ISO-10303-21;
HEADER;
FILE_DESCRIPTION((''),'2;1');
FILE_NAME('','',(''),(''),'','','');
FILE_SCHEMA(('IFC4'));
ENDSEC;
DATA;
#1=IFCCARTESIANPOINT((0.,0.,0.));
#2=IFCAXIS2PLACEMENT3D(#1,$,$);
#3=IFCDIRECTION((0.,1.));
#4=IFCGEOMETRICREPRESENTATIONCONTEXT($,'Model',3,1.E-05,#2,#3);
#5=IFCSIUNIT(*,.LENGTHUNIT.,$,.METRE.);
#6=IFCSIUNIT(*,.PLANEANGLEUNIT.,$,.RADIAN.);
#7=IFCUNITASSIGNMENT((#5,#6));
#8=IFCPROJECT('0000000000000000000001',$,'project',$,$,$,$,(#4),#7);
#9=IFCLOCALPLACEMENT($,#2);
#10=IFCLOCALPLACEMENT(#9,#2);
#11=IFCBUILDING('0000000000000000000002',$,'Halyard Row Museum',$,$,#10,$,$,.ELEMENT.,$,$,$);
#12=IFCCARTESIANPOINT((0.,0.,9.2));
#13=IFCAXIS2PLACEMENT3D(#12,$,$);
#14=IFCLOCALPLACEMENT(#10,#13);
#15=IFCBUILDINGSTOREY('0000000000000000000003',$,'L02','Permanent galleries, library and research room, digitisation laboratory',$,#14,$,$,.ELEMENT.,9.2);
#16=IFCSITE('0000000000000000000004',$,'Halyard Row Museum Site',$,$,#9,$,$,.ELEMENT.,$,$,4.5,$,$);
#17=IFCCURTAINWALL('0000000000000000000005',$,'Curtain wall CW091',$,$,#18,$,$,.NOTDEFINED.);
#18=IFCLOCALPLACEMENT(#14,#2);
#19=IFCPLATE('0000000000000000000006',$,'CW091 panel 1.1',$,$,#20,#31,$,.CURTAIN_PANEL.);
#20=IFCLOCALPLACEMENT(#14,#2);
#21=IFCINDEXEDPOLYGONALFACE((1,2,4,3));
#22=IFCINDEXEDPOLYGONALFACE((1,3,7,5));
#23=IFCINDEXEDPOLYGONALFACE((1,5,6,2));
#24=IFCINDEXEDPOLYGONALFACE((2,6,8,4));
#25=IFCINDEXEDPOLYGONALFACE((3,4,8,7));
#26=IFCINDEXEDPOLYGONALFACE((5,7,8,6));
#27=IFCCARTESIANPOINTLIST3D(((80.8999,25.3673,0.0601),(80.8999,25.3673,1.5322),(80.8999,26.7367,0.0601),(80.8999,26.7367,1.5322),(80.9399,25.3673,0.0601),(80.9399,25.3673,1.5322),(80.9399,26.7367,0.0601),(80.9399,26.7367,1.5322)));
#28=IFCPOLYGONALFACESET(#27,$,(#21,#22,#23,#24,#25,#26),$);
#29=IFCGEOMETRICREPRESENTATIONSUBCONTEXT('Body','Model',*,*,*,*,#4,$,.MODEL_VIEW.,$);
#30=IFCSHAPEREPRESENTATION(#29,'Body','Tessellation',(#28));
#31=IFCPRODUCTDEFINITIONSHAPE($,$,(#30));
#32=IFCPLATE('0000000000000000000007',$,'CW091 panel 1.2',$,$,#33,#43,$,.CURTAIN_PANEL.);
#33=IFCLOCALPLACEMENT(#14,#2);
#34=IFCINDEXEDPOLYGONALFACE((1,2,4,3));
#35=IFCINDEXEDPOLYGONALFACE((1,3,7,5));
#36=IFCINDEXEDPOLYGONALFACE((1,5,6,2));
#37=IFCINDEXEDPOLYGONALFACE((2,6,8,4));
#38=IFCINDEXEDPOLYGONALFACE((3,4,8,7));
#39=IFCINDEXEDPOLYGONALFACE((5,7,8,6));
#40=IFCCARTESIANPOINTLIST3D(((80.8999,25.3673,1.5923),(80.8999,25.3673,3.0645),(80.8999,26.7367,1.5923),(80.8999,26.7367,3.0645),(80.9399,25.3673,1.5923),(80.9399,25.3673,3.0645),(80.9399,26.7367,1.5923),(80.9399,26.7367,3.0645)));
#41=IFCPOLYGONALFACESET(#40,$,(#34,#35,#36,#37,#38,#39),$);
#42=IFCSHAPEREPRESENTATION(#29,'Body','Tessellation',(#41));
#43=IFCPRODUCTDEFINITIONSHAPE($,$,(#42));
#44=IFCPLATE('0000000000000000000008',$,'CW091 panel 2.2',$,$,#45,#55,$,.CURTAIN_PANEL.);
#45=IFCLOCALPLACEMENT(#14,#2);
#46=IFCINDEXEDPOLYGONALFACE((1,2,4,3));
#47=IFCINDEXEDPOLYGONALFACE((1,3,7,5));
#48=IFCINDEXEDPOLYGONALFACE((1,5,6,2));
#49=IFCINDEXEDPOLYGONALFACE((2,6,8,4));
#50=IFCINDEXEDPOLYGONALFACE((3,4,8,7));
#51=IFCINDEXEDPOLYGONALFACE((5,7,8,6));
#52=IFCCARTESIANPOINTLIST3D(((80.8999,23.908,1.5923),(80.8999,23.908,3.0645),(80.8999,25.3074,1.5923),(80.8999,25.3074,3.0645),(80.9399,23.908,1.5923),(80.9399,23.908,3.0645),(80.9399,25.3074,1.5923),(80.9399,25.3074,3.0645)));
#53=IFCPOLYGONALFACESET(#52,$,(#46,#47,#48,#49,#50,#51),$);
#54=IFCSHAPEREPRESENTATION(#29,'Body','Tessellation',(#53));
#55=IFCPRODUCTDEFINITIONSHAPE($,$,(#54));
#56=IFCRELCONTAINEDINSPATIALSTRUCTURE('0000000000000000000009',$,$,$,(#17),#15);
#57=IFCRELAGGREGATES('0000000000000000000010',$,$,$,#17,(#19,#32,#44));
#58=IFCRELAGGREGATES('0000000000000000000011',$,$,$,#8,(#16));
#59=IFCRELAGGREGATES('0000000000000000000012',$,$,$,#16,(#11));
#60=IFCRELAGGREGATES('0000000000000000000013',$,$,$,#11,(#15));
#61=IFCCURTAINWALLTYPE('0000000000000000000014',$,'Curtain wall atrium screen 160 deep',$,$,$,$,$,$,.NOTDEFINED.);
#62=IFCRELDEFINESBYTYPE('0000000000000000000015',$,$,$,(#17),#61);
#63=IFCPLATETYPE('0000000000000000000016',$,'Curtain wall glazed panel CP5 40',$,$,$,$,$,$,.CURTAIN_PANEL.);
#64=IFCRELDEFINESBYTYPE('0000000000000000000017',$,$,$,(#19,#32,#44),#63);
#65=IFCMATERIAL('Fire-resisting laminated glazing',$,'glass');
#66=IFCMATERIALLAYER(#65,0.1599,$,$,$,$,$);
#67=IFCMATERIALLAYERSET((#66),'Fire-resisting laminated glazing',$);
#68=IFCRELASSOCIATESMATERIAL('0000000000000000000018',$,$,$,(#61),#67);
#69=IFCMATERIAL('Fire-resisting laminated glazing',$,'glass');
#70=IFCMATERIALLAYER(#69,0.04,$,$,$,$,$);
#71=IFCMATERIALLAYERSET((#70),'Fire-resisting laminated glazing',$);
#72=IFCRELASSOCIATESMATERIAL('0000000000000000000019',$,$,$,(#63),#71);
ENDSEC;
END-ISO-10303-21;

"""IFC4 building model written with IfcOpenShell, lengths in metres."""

from ifc_helpers import new_model, si_unit, direction, frame, origin, origin_2d, place, context, subcontext, project, spatial, rectangle, extrude, material, layer, layer_set, type_object, element, aggregate, save


model = new_model("IFC4")

# Units and contexts
model_context = context("Model", 3, precision=1e-05, world=origin(), true_north=direction((0.0, 1.0)))
body_context = subcontext(model_context, "Body", "Model", "MODEL_VIEW")
ifc_project = project(units=[si_unit("LENGTHUNIT", "METRE"), si_unit("PLANEANGLEUNIT", "RADIAN")], contexts=[model_context])

# Site, building, storey
site_placement = place(None, origin())
site = spatial("IfcSite", under=ifc_project, at=site_placement, Name="Halyard Row Museum Site", CompositionType="ELEMENT", RefElevation=4.5)
building_placement = place(site_placement, origin())
building = spatial("IfcBuilding", under=site, at=building_placement, Name="Halyard Row Museum", CompositionType="ELEMENT")
storey_placement = place(building_placement, frame((0.0, 0.0, 9.2)))
storey = spatial("IfcBuildingStorey", under=building, at=storey_placement, Name="L02", Description="Permanent galleries, library and research room, digitisation laboratory", CompositionType="ELEMENT", Elevation=9.2)

# Curtain wall
ifc_material_1 = material(Name="Fire-resisting laminated glazing", Category="glass")
ifc_layer_1 = layer(ifc_material_1, 0.1599)
ifc_layer_set_1 = layer_set([ifc_layer_1], Name="Fire-resisting laminated glazing")
curtain_wall_type = type_object("IfcCurtainWallType", Name="Curtain wall atrium screen 160 deep", PredefinedType="NOTDEFINED", material=ifc_layer_set_1)
curtain_wall_1_placement = place(storey_placement, origin())
curtain_wall_1 = element("IfcCurtainWall", 1, at=curtain_wall_1_placement, inside=storey, type_object=curtain_wall_type, Name="Curtain wall CW091", PredefinedType="NOTDEFINED")

# Plates
ifc_material_2 = material(Name="Fire-resisting laminated glazing", Category="glass")
ifc_layer_2 = layer(ifc_material_2, 0.04)
ifc_layer_set_2 = layer_set([ifc_layer_2], Name="Fire-resisting laminated glazing")
plate_type = type_object("IfcPlateType", Name="Curtain wall glazed panel CP5 40", PredefinedType="CURTAIN_PANEL", material=ifc_layer_set_2)
plate_1_placement = place(storey_placement, frame((80.9199, 26.052, 0.0601), z_axis=(0.0, 0.0, 1.0), x_axis=(0.0, -1.0, 0.0)))
plate_1 = element("IfcPlate", 2, at=plate_1_placement, type_object=plate_type, Name="CW091 panel 1.1", PredefinedType="CURTAIN_PANEL", context=body_context, shape_type="SweptSolid", body=[
    extrude(rectangle(XDim=1.3694, YDim=0.04, at=origin_2d()), origin(), (0.0, 0.0, 1.0), 1.4722),
])
plate_2_placement = place(storey_placement, frame((80.9199, 26.052, 1.5923), z_axis=(0.0, 0.0, 1.0), x_axis=(0.0, -1.0, 0.0)))
plate_2 = element("IfcPlate", 3, at=plate_2_placement, type_object=plate_type, Name="CW091 panel 1.2", PredefinedType="CURTAIN_PANEL", context=body_context, shape_type="SweptSolid", body=[
    extrude(rectangle(XDim=1.3694, YDim=0.04, at=origin_2d()), origin(), (0.0, 0.0, 1.0), 1.4722),
])
plate_3_placement = place(storey_placement, frame((80.9199, 24.6077, 1.5923), z_axis=(0.0, 0.0, 1.0), x_axis=(0.0, -1.0, 0.0)))
plate_3 = element("IfcPlate", 4, at=plate_3_placement, type_object=plate_type, Name="CW091 panel 2.2", PredefinedType="CURTAIN_PANEL", context=body_context, shape_type="SweptSolid", body=[
    extrude(rectangle(XDim=1.3994, YDim=0.04, at=origin_2d()), origin(), (0.0, 0.0, 1.0), 1.4722),
])
aggregate(curtain_wall_1, [plate_1, plate_2, plate_3])

save(model, "model.ifc")
